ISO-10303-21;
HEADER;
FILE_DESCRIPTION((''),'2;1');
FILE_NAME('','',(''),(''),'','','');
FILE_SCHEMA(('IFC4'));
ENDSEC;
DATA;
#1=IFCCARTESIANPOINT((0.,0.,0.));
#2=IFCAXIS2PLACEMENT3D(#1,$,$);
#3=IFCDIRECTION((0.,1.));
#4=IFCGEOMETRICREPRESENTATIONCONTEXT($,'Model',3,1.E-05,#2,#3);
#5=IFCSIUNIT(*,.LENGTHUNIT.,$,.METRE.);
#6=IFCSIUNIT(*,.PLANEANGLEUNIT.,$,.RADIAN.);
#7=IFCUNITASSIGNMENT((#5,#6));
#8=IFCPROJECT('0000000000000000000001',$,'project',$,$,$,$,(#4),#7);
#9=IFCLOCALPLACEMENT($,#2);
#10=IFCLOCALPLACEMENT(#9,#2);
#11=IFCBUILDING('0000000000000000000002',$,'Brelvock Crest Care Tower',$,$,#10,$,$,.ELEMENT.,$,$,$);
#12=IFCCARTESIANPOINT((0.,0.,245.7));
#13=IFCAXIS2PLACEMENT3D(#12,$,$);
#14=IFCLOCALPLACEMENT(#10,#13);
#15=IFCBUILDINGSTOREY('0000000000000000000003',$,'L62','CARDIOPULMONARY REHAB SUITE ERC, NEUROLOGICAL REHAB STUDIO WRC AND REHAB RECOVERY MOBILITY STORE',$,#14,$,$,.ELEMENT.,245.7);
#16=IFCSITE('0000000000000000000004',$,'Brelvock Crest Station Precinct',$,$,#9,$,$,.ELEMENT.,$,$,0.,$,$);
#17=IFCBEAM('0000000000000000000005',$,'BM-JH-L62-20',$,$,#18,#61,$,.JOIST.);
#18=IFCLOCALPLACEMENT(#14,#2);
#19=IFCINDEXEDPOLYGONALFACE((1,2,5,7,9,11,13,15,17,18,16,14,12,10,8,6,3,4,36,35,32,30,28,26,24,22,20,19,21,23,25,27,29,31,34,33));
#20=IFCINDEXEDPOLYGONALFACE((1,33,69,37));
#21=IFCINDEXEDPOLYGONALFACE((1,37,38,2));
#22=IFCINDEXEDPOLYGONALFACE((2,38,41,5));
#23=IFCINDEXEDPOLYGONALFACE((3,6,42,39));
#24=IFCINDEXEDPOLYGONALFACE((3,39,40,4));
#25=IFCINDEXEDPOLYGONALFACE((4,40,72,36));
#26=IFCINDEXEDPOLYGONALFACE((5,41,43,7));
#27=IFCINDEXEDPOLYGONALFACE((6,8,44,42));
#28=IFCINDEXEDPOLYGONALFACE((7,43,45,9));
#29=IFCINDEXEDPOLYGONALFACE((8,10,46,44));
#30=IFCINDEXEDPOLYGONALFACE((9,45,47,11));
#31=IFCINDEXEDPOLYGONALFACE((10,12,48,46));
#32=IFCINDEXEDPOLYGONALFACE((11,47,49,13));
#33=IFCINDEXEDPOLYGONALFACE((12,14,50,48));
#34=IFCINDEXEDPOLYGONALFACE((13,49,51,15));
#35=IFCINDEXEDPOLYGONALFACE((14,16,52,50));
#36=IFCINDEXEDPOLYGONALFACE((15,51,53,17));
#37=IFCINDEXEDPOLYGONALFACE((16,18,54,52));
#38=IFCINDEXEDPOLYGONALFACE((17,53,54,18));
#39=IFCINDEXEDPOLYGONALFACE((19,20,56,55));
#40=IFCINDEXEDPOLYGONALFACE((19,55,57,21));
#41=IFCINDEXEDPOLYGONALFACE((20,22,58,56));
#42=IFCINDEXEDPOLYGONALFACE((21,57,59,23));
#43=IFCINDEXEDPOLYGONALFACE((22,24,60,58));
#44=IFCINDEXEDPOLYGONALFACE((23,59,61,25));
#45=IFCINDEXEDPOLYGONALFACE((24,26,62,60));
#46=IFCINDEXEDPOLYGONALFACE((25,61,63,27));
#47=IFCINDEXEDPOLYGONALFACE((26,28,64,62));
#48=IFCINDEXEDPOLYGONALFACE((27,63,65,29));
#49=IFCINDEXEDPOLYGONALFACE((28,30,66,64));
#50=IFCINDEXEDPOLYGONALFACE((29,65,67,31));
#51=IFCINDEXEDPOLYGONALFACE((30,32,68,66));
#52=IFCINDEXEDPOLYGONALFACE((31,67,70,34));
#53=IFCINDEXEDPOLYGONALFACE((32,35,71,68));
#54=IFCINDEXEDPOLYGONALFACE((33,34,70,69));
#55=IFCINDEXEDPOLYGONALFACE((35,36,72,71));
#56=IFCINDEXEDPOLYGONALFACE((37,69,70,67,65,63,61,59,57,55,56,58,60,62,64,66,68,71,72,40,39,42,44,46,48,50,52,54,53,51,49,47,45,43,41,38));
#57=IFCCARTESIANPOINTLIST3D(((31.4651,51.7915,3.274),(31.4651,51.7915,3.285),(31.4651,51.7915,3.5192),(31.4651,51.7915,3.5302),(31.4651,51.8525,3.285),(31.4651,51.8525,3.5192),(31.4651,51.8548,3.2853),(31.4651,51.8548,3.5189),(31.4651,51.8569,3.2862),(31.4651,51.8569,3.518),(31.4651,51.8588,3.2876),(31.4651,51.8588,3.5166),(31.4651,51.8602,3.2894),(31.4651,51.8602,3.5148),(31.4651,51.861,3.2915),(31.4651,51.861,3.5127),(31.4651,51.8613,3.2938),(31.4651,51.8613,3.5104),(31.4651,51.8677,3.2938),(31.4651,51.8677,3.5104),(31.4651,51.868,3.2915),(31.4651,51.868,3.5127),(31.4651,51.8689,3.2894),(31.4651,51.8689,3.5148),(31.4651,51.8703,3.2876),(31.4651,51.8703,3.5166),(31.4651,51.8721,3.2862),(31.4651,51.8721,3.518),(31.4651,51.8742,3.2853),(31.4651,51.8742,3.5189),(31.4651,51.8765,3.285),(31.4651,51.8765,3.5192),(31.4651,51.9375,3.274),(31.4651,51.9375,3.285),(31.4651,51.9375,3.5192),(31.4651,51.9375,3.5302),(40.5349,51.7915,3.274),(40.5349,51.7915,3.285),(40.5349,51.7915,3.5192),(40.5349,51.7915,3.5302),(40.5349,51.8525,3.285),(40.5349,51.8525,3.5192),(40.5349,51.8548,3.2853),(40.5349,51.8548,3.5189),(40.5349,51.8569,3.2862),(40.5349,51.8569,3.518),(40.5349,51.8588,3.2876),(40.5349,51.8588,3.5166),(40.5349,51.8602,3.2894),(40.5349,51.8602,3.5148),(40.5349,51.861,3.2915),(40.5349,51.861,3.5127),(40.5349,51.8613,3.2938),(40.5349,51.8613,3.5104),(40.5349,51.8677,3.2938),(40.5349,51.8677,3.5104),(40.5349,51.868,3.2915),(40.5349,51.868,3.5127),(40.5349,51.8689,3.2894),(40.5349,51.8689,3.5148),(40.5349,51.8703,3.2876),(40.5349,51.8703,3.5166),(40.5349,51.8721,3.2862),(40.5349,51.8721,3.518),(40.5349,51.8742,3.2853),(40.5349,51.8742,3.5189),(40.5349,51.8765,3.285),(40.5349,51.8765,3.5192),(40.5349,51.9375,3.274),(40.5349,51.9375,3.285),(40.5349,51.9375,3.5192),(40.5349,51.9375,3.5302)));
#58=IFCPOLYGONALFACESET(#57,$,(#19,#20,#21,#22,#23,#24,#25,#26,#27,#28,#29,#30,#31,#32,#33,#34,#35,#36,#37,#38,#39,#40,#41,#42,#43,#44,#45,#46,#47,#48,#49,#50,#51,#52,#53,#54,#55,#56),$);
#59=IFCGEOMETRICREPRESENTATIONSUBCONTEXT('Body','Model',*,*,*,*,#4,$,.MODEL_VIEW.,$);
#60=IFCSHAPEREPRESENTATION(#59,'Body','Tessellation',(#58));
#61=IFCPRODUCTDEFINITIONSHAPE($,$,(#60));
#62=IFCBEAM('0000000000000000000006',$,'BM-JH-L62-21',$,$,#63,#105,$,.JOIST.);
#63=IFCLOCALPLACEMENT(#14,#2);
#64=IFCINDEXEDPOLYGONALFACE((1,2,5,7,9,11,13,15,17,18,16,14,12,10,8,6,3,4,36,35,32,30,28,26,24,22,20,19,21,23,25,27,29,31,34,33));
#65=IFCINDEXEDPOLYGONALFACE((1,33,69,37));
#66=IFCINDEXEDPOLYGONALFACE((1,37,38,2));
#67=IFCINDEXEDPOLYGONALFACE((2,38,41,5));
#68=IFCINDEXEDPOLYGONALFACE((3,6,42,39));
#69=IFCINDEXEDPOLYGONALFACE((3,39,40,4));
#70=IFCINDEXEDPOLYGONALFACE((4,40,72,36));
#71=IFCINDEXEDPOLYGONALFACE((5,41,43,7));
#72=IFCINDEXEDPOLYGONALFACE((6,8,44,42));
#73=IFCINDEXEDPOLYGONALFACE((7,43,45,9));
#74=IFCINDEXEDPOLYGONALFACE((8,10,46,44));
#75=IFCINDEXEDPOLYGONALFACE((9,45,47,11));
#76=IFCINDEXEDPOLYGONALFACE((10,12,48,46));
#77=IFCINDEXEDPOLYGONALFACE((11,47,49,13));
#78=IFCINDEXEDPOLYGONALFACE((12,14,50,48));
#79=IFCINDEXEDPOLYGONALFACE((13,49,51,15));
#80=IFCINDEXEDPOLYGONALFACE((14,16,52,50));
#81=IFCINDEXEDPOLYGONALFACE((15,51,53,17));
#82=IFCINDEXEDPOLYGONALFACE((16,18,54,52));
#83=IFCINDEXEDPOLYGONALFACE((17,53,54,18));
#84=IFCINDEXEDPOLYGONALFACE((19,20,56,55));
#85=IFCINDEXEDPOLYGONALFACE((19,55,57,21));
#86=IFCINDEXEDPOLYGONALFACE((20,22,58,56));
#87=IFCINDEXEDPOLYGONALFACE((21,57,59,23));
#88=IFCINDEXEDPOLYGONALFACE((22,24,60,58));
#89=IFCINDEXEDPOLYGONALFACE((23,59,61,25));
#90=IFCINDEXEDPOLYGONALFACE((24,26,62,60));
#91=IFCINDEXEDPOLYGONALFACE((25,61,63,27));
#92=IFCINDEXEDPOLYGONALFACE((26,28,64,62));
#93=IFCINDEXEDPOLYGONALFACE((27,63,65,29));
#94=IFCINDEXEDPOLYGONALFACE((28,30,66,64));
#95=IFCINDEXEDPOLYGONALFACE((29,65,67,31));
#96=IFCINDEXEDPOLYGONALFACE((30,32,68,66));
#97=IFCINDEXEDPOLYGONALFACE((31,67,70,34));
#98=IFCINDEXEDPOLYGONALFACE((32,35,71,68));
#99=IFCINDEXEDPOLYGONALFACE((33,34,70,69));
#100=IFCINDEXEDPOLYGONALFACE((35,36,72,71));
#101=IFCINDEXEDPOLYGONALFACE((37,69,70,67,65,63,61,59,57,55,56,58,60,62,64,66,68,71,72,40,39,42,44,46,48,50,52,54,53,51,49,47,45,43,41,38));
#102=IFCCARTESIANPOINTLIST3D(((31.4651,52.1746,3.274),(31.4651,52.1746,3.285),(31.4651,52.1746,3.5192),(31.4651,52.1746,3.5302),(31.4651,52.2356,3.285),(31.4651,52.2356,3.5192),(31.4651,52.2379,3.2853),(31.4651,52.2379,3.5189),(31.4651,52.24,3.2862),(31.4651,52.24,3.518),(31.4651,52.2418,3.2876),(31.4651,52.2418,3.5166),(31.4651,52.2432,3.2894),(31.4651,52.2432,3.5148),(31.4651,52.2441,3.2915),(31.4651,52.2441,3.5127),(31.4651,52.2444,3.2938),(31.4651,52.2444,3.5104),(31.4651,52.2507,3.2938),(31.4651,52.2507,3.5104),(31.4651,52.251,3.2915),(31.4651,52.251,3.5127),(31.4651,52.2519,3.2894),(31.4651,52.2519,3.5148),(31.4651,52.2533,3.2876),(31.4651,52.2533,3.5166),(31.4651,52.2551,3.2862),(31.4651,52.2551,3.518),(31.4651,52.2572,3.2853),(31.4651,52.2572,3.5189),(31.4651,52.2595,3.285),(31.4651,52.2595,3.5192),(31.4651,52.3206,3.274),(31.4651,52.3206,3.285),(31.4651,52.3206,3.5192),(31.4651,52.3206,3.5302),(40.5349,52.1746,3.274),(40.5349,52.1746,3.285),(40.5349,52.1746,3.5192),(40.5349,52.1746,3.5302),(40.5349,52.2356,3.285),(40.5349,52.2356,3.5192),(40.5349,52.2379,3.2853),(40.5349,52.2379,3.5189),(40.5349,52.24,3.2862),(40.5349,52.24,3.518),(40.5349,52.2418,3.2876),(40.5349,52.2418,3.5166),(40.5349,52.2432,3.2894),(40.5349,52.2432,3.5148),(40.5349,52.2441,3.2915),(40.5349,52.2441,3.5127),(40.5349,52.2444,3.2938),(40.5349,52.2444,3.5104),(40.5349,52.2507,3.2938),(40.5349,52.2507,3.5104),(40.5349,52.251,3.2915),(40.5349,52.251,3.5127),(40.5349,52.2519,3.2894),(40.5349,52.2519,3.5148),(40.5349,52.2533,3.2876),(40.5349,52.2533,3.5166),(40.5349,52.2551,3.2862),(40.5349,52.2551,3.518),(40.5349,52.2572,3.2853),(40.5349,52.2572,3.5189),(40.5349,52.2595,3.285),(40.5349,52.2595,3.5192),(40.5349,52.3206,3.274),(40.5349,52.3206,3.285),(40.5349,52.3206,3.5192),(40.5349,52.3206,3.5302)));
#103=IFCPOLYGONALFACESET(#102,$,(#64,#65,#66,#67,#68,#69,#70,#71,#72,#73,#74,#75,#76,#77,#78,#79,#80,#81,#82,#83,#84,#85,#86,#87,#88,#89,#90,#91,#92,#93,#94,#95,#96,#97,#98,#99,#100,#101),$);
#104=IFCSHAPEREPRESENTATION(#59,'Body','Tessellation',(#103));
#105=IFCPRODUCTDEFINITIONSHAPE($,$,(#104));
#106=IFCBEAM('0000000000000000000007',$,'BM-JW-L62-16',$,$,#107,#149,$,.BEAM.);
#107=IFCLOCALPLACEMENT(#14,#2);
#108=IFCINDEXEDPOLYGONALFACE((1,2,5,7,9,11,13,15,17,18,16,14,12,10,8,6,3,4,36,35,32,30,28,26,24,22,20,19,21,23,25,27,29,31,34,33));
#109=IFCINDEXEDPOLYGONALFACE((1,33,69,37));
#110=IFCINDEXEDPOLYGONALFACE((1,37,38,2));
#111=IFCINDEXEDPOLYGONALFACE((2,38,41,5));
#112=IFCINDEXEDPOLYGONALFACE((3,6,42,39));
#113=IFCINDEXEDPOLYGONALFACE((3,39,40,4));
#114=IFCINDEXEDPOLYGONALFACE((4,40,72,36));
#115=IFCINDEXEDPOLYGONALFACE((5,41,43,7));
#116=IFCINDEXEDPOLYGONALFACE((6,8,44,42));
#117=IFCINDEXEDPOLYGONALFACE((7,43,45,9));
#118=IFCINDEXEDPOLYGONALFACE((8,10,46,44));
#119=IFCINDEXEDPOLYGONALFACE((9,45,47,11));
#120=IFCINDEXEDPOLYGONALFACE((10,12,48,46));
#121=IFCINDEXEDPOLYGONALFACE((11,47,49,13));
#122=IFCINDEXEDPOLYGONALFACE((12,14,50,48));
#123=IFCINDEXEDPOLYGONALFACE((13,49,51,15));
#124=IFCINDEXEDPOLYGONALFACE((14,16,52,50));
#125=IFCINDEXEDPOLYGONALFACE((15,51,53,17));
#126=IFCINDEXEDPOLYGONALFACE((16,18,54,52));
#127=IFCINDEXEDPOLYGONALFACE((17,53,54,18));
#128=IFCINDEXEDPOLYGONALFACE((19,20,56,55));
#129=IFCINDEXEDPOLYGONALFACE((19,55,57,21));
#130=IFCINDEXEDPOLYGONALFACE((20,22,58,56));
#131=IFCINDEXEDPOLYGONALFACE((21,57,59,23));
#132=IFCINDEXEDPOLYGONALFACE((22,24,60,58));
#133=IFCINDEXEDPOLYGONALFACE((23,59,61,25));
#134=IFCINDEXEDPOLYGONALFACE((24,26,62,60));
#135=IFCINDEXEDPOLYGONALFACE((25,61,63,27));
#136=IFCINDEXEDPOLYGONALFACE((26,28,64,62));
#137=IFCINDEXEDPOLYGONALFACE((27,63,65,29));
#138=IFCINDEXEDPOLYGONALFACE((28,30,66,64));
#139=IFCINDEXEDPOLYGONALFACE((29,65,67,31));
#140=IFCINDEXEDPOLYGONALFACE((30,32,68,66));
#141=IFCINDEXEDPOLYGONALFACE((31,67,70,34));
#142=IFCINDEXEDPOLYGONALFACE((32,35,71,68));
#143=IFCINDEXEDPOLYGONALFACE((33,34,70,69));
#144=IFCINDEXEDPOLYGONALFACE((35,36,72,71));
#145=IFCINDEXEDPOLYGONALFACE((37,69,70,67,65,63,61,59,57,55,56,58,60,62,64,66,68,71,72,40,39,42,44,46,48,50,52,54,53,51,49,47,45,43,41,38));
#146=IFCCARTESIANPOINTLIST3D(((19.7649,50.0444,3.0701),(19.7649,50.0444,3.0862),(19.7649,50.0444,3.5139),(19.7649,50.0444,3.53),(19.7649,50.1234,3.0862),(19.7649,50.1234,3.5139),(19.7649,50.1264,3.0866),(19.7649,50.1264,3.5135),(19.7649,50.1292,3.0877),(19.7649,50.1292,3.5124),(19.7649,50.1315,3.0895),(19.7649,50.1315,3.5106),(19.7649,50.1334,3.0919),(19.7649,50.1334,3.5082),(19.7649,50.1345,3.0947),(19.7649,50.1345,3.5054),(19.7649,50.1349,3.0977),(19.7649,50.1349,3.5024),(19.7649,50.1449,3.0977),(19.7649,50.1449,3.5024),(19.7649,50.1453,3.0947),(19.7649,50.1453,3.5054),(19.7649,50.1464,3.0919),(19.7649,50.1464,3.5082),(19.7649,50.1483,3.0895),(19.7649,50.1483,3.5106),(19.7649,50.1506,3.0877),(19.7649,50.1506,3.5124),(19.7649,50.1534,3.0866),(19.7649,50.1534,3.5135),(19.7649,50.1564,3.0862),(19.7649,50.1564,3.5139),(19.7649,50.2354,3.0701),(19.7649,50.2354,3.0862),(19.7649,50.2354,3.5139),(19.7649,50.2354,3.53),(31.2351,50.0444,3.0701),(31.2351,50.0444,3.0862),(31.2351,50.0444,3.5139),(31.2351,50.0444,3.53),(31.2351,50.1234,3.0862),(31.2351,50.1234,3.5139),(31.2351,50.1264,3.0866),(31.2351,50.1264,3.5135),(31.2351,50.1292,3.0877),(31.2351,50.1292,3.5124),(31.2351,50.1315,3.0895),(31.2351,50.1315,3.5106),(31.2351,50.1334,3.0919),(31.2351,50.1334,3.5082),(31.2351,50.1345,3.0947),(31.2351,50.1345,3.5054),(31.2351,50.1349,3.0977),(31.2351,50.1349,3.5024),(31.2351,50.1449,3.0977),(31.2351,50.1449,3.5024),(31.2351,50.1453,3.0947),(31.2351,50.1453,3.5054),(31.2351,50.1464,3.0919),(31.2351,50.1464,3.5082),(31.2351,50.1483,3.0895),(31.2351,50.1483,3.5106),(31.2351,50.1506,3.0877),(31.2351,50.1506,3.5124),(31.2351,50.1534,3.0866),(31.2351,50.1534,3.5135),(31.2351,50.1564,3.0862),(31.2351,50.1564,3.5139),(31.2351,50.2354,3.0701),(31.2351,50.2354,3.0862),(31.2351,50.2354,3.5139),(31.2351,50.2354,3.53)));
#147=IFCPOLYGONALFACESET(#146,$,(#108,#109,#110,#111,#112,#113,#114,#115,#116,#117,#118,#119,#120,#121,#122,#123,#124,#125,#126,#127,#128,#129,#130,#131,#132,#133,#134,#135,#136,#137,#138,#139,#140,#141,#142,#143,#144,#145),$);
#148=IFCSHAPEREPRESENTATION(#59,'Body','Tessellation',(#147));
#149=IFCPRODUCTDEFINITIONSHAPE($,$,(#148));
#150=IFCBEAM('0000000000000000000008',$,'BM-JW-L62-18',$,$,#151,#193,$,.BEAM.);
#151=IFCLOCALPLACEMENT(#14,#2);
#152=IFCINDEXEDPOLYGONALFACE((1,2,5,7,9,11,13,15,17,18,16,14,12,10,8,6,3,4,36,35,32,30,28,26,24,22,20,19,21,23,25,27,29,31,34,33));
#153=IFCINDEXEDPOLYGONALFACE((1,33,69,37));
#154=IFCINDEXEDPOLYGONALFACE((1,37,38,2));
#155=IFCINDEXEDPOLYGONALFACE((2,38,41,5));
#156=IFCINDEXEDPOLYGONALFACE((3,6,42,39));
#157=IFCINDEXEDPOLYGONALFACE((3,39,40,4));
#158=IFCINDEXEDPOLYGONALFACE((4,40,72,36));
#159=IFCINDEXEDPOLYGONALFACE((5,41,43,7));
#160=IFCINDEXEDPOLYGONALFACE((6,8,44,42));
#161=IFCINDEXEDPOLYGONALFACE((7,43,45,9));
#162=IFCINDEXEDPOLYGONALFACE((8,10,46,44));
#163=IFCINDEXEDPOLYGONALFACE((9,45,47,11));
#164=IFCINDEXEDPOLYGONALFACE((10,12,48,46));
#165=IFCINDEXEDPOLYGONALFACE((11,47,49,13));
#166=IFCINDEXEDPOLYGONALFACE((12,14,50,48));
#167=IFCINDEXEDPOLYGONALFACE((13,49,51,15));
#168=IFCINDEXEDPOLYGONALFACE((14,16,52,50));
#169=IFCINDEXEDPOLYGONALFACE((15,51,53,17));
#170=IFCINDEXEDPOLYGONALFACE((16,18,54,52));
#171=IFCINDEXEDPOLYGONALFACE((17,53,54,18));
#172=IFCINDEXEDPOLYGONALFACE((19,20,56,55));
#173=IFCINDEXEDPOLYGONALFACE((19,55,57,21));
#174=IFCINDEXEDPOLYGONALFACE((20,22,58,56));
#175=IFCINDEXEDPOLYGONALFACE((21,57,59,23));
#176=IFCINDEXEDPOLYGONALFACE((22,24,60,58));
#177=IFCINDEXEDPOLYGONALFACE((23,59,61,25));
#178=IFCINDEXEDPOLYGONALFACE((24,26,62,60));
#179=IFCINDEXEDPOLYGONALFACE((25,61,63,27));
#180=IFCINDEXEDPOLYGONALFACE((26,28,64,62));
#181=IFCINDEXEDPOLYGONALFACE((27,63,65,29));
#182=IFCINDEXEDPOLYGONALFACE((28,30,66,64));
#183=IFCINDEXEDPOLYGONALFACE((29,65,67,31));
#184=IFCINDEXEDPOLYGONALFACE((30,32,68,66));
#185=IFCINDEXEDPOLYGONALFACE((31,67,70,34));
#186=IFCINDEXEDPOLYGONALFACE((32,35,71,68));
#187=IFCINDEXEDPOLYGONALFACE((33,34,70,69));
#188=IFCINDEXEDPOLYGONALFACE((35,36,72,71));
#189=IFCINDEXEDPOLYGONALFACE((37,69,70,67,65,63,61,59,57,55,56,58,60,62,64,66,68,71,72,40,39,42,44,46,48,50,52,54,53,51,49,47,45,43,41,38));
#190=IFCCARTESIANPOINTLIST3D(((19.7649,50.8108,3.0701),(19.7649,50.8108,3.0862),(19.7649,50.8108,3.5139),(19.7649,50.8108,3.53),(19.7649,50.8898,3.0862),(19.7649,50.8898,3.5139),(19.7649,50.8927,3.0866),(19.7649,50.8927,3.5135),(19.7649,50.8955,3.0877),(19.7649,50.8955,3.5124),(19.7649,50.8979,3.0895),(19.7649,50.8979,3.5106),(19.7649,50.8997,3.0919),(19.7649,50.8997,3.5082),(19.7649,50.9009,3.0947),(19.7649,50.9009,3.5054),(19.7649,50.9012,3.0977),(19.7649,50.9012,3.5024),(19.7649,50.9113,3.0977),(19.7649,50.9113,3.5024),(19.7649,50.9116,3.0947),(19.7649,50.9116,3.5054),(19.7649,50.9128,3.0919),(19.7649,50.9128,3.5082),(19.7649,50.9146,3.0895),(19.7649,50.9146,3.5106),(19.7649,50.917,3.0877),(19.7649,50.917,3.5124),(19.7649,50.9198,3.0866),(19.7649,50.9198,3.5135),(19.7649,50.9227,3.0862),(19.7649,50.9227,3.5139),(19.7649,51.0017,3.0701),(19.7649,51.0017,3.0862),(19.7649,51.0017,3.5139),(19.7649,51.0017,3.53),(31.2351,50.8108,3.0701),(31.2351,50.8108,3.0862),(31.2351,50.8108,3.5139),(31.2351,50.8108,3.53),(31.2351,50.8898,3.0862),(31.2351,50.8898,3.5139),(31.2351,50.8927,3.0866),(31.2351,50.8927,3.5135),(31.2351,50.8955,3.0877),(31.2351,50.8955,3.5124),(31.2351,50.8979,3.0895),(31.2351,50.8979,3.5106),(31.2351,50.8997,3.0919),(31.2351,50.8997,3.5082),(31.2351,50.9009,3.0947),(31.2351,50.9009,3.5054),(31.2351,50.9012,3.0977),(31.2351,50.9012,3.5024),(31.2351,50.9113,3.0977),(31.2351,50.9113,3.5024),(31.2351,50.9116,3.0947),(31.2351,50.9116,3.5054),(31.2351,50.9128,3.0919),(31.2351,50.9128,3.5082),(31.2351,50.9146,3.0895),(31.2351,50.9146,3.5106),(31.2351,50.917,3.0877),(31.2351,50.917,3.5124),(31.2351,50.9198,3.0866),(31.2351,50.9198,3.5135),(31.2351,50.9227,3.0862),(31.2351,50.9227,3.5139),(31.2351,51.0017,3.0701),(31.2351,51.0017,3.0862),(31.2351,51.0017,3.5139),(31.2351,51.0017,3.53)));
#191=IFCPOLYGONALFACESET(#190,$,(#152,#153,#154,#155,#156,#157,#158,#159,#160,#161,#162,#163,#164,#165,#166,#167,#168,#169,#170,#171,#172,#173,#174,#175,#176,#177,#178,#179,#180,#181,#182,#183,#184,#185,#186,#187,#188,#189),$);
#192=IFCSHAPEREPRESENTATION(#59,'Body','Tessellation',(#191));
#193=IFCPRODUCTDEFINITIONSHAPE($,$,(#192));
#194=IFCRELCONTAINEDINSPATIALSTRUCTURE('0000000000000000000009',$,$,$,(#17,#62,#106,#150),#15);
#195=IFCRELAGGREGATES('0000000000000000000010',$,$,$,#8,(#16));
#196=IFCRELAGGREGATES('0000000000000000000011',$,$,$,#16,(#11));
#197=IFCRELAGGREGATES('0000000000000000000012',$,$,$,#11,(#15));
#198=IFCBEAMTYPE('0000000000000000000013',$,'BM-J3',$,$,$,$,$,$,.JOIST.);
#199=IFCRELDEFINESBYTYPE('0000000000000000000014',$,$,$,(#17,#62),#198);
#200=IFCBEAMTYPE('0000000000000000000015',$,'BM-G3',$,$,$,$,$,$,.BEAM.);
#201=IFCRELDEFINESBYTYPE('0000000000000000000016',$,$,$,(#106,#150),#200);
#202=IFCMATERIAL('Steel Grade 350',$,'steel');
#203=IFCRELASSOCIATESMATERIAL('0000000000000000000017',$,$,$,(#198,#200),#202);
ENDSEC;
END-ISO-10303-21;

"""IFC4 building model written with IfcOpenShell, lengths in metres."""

from ifc_helpers import new_model, si_unit, direction, frame, origin, origin_2d, place, context, subcontext, project, spatial, i_section, extrude, source, transform, mapped, material, material_profile, profile_set, type_object, element, save


model = new_model("IFC4")

# Units and contexts
model_context = context("Model", 3, precision=1e-05, world=origin(), true_north=direction((0.0, 1.0)))
body_context = subcontext(model_context, "Body", "Model", "MODEL_VIEW")
ifc_project = project(units=[si_unit("LENGTHUNIT", "METRE"), si_unit("PLANEANGLEUNIT", "RADIAN")], contexts=[model_context])

# Site, building, storey
site_placement = place(None, origin())
site = spatial("IfcSite", under=ifc_project, at=site_placement, Name="Brelvock Crest Station Precinct", CompositionType="ELEMENT", RefElevation=0.0)
building_placement = place(site_placement, origin())
building = spatial("IfcBuilding", under=site, at=building_placement, Name="Brelvock Crest Care Tower", CompositionType="ELEMENT")
storey_placement = place(building_placement, frame((0.0, 0.0, 245.7)))
storey = spatial("IfcBuildingStorey", under=building, at=storey_placement, Name="L62", Description="CARDIOPULMONARY REHAB SUITE ERC, NEUROLOGICAL REHAB STUDIO WRC AND REHAB RECOVERY MOBILITY STORE", CompositionType="ELEMENT", Elevation=245.7)

# Beams
ifc_material_1 = material(Name="Steel Grade 350", Category="steel")
ifc_material_profile_1 = material_profile(ifc_material_1, i_section(OverallWidth=0.146, OverallDepth=0.2561, WebThickness=0.0063, FlangeThickness=0.011, FilletRadius=0.0088, at=origin_2d()), Name="250UB37.3")
ifc_profile_set_1 = profile_set([ifc_material_profile_1], Name="Steel Grade 350")
beam_type_1 = type_object("IfcBeamType", Name="BM-J3", PredefinedType="JOIST", material=ifc_profile_set_1)
shared_shape_1 = source(origin(), body_context, "Body", "SweptSolid", [
    extrude(i_section(OverallWidth=0.146, OverallDepth=0.2561, WebThickness=0.0063, FlangeThickness=0.011, FilletRadius=0.0088, at=origin_2d()), origin(), (0.0, 0.0, 1.0), 9.0698),
])
for number, where, z_axis, x_axis, name in (
    (1, (31.4651, 51.8645, 3.4021), (1.0, 0.0, 0.0), (0.0, 1.0, 0.0), "BM-JH-L62-20"),
    (2, (31.4651, 52.2476, 3.4021), (1.0, 0.0, 0.0), (0.0, 1.0, 0.0), "BM-JH-L62-21"),
):
    element("IfcBeam", number, at=place(storey_placement, frame(where, z_axis=z_axis, x_axis=x_axis)), inside=storey, type_object=beam_type_1, Name=name, PredefinedType="JOIST", context=body_context, shape_type="MappedRepresentation", body=[
        mapped(shared_shape_1, transform((0.0, 0.0, 0.0), x_axis=(1.0, 0.0, 0.0), y_axis=(0.0, 1.0, 0.0), z_axis=(0.0, 0.0, 1.0), scale=1.0)),
    ])
ifc_material_profile_2 = material_profile(ifc_material_1, i_section(OverallWidth=0.1909, OverallDepth=0.46, WebThickness=0.01, FlangeThickness=0.0161, FilletRadius=0.0115, at=origin_2d()), Name="460UB82.1")
ifc_profile_set_2 = profile_set([ifc_material_profile_2], Name="Steel Grade 350")
beam_type_2 = type_object("IfcBeamType", Name="BM-G3", PredefinedType="BEAM", material=ifc_profile_set_2)
shared_shape_2 = source(origin(), body_context, "Body", "SweptSolid", [
    extrude(i_section(OverallWidth=0.1909, OverallDepth=0.46, WebThickness=0.01, FlangeThickness=0.0161, FilletRadius=0.0115, at=origin_2d()), origin(), (0.0, 0.0, 1.0), 11.4702),
])
for number, where, z_axis, x_axis, name in (
    (3, (19.7649, 50.1399, 3.3), (1.0, 0.0, 0.0), (0.0, 1.0, 0.0), "BM-JW-L62-16"),
    (4, (19.7649, 50.9062, 3.3), (1.0, 0.0, 0.0), (0.0, 1.0, 0.0), "BM-JW-L62-18"),
):
    element("IfcBeam", number, at=place(storey_placement, frame(where, z_axis=z_axis, x_axis=x_axis)), inside=storey, type_object=beam_type_2, Name=name, PredefinedType="BEAM", context=body_context, shape_type="MappedRepresentation", body=[
        mapped(shared_shape_2, transform((0.0, 0.0, 0.0), x_axis=(1.0, 0.0, 0.0), y_axis=(0.0, 1.0, 0.0), z_axis=(0.0, 0.0, 1.0), scale=1.0)),
    ])

save(model, "model.ifc")
